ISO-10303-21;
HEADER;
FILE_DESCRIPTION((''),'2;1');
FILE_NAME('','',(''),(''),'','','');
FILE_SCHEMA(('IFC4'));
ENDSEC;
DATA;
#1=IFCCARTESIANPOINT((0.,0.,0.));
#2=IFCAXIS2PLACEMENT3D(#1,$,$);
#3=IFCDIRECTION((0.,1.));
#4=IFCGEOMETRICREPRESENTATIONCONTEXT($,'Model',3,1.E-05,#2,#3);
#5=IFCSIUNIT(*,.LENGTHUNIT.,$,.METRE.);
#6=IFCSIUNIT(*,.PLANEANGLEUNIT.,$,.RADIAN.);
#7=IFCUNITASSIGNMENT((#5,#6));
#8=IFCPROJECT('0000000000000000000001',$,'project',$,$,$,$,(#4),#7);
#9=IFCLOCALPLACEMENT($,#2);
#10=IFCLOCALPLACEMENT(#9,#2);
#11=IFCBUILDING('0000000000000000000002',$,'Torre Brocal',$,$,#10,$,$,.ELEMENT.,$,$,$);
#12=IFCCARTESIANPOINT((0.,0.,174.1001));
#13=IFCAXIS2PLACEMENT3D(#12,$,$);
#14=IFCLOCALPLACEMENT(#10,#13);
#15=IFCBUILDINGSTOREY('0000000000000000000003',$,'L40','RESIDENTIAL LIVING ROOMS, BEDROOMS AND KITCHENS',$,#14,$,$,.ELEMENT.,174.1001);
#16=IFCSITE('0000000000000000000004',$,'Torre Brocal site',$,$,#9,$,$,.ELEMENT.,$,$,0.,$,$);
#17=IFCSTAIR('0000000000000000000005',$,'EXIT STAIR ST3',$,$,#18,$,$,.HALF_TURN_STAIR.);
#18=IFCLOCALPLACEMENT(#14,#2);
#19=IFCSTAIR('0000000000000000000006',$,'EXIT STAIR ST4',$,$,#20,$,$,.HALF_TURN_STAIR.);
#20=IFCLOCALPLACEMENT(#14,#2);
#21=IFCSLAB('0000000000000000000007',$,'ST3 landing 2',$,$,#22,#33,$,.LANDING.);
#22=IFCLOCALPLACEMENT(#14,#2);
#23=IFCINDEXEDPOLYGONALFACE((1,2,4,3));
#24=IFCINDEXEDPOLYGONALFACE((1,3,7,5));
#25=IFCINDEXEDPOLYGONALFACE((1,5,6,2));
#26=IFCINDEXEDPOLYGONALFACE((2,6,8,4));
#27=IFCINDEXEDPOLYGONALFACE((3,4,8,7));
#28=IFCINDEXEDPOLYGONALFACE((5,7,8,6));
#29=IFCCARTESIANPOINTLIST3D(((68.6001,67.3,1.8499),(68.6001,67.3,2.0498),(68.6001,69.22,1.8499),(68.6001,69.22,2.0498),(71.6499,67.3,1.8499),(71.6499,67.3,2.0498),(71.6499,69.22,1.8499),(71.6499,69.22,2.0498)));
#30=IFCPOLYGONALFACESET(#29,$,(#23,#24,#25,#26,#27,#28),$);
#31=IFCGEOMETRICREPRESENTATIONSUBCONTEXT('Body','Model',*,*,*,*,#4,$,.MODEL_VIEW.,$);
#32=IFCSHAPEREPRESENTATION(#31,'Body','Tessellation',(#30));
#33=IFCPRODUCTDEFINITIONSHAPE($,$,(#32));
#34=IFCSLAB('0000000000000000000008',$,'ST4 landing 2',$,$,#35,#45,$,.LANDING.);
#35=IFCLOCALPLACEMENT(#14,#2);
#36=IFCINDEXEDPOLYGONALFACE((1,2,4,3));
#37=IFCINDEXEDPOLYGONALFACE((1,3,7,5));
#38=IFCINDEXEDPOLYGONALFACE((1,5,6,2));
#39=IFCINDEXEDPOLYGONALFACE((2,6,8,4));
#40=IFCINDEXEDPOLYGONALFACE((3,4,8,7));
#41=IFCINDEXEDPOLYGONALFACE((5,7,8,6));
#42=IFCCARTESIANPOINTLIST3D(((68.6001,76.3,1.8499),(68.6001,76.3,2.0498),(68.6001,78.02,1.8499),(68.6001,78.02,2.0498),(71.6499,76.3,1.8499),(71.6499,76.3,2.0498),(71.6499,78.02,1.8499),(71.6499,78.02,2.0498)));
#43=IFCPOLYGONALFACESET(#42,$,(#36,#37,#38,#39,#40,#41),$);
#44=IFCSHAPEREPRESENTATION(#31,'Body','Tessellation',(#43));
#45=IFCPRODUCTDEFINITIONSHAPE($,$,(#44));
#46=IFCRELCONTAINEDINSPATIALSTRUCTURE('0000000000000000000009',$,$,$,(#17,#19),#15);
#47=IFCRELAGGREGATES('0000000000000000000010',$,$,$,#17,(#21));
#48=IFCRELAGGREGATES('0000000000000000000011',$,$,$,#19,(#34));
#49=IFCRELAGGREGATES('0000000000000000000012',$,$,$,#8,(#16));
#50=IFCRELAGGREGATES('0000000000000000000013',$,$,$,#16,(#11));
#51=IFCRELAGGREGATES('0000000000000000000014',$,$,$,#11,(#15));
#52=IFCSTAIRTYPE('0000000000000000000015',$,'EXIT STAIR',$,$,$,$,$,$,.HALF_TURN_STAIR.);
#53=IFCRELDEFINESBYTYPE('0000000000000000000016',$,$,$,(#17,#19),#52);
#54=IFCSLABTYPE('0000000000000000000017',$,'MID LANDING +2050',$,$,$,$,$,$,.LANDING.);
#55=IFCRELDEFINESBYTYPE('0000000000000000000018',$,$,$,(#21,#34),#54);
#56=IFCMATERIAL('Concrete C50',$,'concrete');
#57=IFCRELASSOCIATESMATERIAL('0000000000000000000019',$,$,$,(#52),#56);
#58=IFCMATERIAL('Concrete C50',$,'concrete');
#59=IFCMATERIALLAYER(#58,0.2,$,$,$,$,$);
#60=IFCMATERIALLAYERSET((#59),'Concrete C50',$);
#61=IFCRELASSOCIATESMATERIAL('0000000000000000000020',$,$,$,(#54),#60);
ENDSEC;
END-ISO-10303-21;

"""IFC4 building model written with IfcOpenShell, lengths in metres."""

from ifc_helpers import new_model, si_unit, direction, frame, origin, place, context, subcontext, project, spatial, polyline, outline, extrude, material, layer, layer_set, type_object, element, aggregate, save


model = new_model("IFC4")

# Units and contexts
model_context = context("Model", 3, precision=1e-05, world=origin(), true_north=direction((0.0, 1.0)))
body_context = subcontext(model_context, "Body", "Model", "MODEL_VIEW")
ifc_project = project(units=[si_unit("LENGTHUNIT", "METRE"), si_unit("PLANEANGLEUNIT", "RADIAN")], contexts=[model_context])

# Site, building, storey
site_placement = place(None, origin())
site = spatial("IfcSite", under=ifc_project, at=site_placement, Name="Torre Brocal site", CompositionType="ELEMENT", RefElevation=0.0)
building_placement = place(site_placement, origin())
building = spatial("IfcBuilding", under=site, at=building_placement, Name="Torre Brocal", CompositionType="ELEMENT")
storey_placement = place(building_placement, frame((0.0, 0.0, 174.1001)))
storey = spatial("IfcBuildingStorey", under=building, at=storey_placement, Name="L40", Description="RESIDENTIAL LIVING ROOMS, BEDROOMS AND KITCHENS", CompositionType="ELEMENT", Elevation=174.1001)

# Stairs
ifc_material_1 = material(Name="Concrete C50", Category="concrete")
stair_type = type_object("IfcStairType", Name="EXIT STAIR", PredefinedType="HALF_TURN_STAIR", material=ifc_material_1)
stair_1_placement = place(storey_placement, origin())
stair_1 = element("IfcStair", 1, at=stair_1_placement, inside=storey, type_object=stair_type, Name="EXIT STAIR ST3", PredefinedType="HALF_TURN_STAIR")
stair_2_placement = place(storey_placement, origin())
stair_2 = element("IfcStair", 2, at=stair_2_placement, inside=storey, type_object=stair_type, Name="EXIT STAIR ST4", PredefinedType="HALF_TURN_STAIR")

# Slabs
ifc_material_2 = material(Name="Concrete C50", Category="concrete")
ifc_layer_1 = layer(ifc_material_2, 0.2)
ifc_layer_set_1 = layer_set([ifc_layer_1], Name="Concrete C50")
slab_type_1 = type_object("IfcSlabType", Name="MID LANDING +2050", PredefinedType="LANDING", material=ifc_layer_set_1)
slab_1_placement = place(storey_placement, frame((0.0, 0.0, 1.8499)))
slab_1 = element("IfcSlab", 3, at=slab_1_placement, type_object=slab_type_1, Name="ST3 landing 2", PredefinedType="LANDING", context=body_context, shape_type="SweptSolid", body=[
    extrude(outline(polyline([(71.6499, 69.22), (68.6001, 69.22), (68.6001, 67.3), (71.6499, 67.3), (71.6499, 69.22)])), origin(), (0.0, 0.0, 1.0), 0.2),
])
aggregate(stair_1, [slab_1])
slab_2_placement = place(storey_placement, frame((0.0, 0.0, 1.8499)))
slab_2 = element("IfcSlab", 4, at=slab_2_placement, type_object=slab_type_1, Name="ST4 landing 2", PredefinedType="LANDING", context=body_context, shape_type="SweptSolid", body=[
    extrude(outline(polyline([(71.6499, 78.02), (68.6001, 78.02), (68.6001, 76.3), (71.6499, 76.3), (71.6499, 78.02)])), origin(), (0.0, 0.0, 1.0), 0.2),
])
aggregate(stair_2, [slab_2])

save(model, "model.ifc")
